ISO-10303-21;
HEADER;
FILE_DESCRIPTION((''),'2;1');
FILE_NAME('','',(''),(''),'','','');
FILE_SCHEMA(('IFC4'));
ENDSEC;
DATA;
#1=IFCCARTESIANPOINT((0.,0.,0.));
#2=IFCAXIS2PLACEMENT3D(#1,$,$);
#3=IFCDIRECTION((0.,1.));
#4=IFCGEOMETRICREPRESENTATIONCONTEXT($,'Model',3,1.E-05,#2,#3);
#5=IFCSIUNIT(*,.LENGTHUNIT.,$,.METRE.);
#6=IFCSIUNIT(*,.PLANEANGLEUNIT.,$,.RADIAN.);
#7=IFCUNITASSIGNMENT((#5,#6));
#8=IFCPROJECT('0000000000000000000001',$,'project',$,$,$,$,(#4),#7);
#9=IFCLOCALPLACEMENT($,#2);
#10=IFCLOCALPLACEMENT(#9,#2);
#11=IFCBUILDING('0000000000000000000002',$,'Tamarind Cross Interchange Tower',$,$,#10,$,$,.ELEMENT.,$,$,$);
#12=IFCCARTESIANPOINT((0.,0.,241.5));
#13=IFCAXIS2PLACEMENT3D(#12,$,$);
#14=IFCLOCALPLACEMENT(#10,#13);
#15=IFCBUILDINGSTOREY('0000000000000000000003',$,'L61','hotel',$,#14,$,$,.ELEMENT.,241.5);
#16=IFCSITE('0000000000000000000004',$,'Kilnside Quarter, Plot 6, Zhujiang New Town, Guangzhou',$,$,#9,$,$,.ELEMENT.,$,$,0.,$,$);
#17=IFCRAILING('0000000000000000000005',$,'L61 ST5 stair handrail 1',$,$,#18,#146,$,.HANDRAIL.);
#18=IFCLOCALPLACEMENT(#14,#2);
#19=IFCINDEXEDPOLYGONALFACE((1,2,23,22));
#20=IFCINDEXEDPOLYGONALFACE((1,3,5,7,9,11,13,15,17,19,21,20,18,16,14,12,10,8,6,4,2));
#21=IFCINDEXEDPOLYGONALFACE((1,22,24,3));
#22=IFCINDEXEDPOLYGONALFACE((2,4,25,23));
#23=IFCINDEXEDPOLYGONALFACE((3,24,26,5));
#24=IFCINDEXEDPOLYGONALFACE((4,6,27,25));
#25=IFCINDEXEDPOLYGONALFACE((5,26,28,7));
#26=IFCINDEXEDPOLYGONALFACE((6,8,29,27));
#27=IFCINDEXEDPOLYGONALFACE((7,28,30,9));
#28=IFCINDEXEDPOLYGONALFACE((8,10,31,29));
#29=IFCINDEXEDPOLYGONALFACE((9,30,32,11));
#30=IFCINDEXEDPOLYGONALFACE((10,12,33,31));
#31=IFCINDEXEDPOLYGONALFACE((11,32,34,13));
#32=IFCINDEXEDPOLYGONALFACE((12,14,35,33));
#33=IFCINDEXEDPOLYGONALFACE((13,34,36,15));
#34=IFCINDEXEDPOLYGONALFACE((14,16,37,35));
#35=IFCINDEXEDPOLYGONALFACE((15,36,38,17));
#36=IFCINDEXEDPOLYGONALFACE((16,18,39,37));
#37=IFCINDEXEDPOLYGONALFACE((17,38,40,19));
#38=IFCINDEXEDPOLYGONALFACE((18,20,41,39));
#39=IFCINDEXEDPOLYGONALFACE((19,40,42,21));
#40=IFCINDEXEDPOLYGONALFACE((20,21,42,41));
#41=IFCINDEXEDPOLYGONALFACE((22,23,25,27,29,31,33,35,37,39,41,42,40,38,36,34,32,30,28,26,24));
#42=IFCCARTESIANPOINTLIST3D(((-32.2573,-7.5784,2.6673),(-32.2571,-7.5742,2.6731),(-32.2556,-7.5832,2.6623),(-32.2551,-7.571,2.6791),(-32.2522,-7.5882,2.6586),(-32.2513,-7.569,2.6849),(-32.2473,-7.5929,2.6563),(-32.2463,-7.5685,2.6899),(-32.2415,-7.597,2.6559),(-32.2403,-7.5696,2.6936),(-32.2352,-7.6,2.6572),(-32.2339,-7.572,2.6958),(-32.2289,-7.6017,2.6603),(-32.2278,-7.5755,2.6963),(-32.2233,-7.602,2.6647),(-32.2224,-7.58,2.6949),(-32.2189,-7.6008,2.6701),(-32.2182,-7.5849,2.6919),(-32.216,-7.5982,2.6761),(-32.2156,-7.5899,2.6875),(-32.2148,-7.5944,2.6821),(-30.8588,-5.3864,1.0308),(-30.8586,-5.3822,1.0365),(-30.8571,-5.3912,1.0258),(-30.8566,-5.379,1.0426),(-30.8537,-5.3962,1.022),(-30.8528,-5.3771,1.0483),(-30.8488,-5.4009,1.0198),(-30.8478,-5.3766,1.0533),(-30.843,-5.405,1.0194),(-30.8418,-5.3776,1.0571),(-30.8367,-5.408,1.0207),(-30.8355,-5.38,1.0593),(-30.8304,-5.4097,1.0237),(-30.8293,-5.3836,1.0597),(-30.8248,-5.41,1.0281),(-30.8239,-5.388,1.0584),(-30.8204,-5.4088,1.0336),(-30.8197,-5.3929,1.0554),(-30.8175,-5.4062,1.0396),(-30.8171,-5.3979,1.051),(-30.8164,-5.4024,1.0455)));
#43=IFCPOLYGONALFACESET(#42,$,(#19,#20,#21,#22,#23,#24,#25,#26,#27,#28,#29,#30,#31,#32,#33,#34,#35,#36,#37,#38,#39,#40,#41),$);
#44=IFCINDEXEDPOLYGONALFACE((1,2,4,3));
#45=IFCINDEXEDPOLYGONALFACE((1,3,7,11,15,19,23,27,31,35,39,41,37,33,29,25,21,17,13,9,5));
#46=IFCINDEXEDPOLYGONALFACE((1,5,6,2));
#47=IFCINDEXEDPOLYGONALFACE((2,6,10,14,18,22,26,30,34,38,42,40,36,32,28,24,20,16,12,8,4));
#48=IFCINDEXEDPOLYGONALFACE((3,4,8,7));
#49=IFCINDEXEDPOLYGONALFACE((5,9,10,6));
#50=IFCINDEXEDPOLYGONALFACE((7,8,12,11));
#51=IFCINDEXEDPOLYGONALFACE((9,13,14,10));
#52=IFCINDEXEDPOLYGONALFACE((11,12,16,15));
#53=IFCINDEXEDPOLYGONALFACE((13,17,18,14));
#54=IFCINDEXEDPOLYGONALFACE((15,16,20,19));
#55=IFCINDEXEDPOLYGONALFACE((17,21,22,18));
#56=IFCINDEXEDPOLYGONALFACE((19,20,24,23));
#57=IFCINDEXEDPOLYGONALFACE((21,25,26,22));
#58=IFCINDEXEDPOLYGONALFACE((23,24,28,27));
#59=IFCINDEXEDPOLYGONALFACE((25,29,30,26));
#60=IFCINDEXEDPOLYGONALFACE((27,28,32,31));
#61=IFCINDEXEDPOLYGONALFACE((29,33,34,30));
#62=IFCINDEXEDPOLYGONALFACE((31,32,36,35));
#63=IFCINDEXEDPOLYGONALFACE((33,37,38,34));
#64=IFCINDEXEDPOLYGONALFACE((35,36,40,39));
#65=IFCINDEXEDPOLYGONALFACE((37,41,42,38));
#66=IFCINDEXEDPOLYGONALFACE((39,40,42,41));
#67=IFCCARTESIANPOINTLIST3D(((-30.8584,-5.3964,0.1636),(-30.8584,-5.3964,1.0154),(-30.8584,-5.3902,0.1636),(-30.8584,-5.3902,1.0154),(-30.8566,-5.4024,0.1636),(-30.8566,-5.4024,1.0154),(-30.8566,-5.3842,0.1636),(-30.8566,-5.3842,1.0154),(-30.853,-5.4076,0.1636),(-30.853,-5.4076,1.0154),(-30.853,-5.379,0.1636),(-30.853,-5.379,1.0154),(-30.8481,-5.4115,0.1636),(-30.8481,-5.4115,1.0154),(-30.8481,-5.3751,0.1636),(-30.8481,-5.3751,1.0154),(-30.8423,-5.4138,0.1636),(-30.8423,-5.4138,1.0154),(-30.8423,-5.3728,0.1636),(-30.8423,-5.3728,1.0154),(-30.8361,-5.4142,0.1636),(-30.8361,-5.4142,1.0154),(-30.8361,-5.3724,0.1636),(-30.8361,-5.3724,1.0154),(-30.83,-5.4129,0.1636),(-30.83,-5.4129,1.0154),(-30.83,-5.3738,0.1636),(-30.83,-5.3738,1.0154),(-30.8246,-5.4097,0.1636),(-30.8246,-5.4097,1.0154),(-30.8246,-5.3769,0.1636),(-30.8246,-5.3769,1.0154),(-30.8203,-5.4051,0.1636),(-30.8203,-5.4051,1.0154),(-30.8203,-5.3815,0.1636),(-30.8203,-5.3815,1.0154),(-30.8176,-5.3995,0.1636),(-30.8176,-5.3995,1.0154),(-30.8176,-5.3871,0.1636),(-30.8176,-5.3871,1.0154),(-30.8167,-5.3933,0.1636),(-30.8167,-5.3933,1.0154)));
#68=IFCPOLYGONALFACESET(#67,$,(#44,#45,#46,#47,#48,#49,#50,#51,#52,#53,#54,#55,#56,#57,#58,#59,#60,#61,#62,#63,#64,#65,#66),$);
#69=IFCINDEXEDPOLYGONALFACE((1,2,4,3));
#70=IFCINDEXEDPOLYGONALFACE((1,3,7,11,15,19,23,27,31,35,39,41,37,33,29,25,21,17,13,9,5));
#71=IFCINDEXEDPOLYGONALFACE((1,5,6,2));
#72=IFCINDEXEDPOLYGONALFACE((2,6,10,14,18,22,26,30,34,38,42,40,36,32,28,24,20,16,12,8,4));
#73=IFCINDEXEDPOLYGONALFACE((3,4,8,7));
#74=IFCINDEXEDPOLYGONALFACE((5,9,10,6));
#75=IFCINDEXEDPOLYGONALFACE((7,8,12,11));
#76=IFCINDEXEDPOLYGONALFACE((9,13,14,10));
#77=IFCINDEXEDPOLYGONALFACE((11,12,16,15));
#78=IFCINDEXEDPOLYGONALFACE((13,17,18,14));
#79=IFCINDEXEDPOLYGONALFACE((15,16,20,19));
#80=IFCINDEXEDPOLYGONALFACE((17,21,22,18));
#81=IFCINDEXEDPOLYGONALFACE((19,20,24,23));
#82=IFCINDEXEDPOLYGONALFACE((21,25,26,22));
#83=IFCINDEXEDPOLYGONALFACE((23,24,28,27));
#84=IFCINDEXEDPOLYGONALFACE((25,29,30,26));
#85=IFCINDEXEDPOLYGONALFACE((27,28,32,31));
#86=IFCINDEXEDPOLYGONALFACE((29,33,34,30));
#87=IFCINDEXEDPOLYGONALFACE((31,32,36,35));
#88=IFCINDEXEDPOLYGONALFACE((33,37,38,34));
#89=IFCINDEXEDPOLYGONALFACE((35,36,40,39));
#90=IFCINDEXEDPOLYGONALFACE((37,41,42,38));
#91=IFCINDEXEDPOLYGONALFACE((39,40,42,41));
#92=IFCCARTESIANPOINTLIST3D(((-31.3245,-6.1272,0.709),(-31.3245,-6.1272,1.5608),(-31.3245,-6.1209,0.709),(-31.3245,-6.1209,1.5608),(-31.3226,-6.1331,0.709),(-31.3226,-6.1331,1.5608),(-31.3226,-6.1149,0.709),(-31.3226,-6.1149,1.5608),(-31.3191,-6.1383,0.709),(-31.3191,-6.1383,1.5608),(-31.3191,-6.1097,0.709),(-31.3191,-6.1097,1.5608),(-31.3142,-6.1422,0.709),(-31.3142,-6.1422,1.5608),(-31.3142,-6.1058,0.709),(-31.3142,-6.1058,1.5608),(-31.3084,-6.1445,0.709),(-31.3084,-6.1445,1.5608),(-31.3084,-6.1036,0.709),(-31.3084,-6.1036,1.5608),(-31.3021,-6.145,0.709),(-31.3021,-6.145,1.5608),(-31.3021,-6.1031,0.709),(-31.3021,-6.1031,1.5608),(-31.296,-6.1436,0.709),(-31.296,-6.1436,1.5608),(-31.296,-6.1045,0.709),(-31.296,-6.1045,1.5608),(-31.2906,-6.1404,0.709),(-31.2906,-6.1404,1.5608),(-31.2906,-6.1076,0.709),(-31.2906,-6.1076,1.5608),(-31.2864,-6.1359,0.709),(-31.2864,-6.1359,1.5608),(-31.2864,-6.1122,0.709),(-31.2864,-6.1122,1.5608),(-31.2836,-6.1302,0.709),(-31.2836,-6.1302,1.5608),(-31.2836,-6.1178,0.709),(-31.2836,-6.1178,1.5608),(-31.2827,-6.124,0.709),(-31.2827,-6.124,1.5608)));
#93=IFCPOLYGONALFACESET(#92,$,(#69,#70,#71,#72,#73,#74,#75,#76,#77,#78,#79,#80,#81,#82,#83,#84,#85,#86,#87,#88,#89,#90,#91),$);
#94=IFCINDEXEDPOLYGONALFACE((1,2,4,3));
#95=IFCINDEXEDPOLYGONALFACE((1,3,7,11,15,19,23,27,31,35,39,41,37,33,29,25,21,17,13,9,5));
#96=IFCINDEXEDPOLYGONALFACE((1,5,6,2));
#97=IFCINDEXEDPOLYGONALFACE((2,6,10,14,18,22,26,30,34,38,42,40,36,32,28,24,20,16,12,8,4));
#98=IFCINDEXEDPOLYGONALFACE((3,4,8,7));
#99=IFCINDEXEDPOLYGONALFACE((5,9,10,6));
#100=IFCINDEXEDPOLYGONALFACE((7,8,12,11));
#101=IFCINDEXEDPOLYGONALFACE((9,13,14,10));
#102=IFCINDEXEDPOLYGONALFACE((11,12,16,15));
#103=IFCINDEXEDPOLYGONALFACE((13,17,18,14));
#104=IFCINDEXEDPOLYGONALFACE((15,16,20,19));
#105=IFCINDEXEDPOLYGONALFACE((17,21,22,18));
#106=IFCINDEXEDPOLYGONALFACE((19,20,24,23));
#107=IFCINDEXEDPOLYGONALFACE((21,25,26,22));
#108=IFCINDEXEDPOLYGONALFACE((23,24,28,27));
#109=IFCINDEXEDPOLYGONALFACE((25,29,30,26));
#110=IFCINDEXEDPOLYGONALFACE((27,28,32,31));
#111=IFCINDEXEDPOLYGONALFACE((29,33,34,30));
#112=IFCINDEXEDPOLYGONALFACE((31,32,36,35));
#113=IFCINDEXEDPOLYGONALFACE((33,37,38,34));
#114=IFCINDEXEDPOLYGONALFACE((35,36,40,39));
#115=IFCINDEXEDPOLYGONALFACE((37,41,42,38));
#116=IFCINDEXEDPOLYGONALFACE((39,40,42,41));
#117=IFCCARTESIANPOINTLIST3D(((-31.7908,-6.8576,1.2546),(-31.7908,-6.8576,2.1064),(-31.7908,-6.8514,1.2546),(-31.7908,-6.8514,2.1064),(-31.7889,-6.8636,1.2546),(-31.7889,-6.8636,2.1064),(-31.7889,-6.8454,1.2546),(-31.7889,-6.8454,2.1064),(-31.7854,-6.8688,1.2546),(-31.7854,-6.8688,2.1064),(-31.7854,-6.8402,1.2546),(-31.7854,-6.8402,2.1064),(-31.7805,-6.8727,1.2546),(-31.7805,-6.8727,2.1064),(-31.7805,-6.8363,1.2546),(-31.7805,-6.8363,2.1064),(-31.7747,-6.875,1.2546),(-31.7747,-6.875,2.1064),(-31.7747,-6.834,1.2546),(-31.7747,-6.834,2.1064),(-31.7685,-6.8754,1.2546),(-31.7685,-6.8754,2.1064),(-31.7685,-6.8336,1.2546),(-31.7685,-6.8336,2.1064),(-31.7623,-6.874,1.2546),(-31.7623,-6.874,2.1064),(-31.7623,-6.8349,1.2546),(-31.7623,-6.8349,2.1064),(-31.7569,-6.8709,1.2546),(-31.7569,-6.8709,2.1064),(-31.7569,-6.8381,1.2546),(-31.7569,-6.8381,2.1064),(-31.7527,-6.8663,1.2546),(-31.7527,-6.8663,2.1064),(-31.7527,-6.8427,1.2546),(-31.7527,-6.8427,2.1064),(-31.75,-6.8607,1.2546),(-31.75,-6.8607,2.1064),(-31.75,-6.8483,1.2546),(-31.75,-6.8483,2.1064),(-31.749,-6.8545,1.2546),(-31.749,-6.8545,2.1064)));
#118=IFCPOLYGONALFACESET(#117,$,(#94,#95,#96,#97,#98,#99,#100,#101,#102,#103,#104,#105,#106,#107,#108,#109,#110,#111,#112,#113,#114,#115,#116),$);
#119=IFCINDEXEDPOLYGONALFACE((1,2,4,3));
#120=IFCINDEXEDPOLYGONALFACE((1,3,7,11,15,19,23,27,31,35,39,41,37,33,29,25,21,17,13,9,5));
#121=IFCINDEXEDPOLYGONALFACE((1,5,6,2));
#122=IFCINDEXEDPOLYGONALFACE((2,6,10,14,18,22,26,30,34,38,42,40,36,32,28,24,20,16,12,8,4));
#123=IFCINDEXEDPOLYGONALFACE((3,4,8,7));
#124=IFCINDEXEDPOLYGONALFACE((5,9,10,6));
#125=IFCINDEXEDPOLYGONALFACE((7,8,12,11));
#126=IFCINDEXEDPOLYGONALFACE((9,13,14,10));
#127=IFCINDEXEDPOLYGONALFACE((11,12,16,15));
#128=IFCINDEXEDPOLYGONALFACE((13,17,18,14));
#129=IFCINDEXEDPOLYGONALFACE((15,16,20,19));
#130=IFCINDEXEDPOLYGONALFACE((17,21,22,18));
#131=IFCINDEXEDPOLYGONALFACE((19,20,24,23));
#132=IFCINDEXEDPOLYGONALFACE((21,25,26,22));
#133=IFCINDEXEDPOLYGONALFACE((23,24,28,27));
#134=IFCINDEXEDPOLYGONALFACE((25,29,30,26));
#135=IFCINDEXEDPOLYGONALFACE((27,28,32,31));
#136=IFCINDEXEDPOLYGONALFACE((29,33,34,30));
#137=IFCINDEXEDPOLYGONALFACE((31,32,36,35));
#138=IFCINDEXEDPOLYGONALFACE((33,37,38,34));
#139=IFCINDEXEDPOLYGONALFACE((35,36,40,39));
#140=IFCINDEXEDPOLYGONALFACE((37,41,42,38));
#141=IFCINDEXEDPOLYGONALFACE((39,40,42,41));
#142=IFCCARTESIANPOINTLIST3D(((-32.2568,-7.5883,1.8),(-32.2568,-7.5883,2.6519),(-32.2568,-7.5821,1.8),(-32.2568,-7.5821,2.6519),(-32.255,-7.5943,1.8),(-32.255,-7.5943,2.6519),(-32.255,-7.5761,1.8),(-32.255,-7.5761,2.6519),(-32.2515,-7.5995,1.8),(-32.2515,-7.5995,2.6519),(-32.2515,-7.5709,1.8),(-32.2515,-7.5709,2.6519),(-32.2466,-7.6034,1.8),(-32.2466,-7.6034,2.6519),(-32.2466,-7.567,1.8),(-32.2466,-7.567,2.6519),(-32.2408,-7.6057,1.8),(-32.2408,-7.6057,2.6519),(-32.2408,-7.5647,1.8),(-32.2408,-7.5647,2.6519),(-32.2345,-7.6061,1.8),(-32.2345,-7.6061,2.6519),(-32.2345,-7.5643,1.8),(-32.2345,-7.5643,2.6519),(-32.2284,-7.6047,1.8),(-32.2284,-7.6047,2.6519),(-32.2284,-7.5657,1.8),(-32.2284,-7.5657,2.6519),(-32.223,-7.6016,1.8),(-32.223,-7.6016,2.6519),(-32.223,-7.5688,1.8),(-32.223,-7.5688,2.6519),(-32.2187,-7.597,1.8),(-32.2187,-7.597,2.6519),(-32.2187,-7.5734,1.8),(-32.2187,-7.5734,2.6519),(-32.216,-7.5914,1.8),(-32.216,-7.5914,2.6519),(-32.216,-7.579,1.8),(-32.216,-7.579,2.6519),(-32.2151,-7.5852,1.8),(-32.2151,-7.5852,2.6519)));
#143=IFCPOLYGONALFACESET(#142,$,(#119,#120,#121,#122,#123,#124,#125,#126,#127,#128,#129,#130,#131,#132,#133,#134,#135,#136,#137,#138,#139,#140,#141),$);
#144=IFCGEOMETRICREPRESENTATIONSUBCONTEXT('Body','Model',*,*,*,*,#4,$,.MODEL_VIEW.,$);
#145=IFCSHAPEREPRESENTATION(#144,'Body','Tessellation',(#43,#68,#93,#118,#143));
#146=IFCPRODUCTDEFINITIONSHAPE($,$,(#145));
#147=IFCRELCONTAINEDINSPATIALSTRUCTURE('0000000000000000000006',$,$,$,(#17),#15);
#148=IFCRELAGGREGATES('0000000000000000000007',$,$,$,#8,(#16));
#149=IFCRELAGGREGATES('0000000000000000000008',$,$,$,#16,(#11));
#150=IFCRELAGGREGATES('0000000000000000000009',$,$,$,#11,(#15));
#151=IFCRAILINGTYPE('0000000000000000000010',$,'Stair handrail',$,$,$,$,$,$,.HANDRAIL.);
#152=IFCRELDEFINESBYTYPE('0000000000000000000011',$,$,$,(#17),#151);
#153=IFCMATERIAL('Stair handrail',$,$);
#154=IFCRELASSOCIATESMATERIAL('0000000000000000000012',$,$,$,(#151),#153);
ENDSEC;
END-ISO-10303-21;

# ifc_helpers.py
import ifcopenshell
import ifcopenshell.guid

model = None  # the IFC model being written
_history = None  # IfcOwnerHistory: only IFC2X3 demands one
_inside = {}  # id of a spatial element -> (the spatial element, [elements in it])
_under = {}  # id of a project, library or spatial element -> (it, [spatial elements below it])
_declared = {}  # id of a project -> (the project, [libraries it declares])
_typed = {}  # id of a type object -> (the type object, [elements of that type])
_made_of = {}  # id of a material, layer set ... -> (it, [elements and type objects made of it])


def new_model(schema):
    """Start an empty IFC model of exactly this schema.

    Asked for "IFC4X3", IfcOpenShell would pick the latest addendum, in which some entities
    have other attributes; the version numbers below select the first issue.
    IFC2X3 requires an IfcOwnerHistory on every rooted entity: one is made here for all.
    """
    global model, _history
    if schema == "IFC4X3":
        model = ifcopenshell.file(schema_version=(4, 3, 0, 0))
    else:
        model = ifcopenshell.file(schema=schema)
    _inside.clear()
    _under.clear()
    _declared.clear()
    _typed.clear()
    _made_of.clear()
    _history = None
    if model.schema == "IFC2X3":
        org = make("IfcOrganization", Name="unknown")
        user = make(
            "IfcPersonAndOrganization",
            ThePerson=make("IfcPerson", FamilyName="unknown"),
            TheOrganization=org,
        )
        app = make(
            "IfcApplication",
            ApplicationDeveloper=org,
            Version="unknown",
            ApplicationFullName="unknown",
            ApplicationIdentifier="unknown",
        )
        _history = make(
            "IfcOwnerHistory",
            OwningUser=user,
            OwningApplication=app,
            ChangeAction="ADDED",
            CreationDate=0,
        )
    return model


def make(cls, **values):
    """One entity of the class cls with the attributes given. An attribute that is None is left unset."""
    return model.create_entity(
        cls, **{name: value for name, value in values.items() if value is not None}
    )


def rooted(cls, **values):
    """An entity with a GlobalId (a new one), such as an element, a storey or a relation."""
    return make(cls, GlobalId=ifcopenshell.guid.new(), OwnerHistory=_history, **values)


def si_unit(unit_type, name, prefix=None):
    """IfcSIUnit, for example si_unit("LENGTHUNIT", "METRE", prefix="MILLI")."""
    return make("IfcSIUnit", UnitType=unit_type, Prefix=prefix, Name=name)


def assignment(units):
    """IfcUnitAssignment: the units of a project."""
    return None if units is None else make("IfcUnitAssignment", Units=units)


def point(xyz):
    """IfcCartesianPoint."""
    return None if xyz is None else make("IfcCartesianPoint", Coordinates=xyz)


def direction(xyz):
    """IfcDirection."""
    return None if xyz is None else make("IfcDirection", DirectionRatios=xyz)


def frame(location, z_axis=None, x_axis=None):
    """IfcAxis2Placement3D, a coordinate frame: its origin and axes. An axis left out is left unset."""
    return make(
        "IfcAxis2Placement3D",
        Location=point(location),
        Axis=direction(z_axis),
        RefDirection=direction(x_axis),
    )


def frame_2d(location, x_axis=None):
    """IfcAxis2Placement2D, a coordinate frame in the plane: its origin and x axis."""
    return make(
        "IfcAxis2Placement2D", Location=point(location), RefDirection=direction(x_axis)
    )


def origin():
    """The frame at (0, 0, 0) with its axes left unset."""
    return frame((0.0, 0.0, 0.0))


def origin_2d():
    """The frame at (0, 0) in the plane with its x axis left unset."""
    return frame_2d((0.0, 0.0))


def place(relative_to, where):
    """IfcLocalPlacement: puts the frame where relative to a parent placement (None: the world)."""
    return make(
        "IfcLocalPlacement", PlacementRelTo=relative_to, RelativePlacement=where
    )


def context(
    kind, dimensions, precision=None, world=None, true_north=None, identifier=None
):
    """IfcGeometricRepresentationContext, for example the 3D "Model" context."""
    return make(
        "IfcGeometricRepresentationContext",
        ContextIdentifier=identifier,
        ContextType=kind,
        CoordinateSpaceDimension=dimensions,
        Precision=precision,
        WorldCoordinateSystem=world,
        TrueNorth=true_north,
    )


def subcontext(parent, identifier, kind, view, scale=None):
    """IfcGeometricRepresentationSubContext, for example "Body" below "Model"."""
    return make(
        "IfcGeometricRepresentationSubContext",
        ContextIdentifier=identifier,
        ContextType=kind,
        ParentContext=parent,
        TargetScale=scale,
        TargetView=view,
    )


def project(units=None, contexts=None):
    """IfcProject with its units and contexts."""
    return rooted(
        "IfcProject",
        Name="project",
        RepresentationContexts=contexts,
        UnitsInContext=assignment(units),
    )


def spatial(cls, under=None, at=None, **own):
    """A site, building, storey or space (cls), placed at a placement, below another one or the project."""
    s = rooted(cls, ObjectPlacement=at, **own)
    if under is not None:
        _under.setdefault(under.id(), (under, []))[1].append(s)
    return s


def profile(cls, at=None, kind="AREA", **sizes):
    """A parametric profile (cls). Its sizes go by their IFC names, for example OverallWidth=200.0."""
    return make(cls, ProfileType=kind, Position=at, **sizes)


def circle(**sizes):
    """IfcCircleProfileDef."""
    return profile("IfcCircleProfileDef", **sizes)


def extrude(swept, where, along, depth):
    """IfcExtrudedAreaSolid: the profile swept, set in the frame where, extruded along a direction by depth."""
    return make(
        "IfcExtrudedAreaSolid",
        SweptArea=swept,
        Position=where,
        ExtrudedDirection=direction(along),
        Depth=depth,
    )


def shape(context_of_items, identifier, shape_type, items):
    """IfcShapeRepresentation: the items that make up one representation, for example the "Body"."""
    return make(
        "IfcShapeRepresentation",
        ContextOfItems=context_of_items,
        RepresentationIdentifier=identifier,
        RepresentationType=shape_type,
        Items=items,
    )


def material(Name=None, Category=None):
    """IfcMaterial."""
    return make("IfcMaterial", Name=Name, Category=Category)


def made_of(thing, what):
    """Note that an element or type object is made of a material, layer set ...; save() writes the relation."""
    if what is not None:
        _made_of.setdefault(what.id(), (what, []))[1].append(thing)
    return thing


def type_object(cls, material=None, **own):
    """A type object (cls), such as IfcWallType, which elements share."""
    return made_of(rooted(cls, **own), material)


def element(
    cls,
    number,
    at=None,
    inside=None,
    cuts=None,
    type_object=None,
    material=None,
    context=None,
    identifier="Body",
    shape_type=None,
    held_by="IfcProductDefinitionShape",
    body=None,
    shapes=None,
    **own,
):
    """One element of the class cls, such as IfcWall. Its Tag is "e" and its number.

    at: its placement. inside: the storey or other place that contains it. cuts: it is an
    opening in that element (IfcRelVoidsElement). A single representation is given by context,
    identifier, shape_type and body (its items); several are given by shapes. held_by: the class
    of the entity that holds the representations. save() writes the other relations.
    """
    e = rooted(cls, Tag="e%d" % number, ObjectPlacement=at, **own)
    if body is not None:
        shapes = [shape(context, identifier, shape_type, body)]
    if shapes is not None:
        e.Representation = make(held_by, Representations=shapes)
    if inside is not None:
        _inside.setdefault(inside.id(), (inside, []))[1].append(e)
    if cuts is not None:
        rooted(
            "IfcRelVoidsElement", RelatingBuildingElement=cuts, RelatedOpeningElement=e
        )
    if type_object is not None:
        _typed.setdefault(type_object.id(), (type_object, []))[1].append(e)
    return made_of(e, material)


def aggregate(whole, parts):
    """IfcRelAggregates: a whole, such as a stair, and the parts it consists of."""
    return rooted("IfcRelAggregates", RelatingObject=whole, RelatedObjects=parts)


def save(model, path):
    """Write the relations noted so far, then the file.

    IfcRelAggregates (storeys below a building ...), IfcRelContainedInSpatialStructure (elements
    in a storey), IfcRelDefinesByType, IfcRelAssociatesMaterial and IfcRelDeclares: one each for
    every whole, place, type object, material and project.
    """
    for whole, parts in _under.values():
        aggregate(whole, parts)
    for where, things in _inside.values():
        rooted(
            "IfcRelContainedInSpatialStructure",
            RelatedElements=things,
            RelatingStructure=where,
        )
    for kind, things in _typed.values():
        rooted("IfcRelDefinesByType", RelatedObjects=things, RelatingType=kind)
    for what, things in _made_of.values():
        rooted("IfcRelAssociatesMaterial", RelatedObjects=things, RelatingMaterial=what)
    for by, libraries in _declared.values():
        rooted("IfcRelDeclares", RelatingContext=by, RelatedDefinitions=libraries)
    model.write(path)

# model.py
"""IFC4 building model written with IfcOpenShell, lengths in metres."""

from ifc_helpers import new_model, si_unit, direction, frame, origin, origin_2d, place, context, subcontext, project, spatial, circle, extrude, material, type_object, element, save


model = new_model("IFC4")

# Units and contexts
model_context = context("Model", 3, precision=1e-05, world=origin(), true_north=direction((0.0, 1.0)))
body_context = subcontext(model_context, "Body", "Model", "MODEL_VIEW")
ifc_project = project(units=[si_unit("LENGTHUNIT", "METRE"), si_unit("PLANEANGLEUNIT", "RADIAN")], contexts=[model_context])

# Site, building, storey
site_placement = place(None, origin())
site = spatial("IfcSite", under=ifc_project, at=site_placement, Name="Kilnside Quarter, Plot 6, Zhujiang New Town, Guangzhou", CompositionType="ELEMENT", RefElevation=0.0)
building_placement = place(site_placement, origin())
building = spatial("IfcBuilding", under=site, at=building_placement, Name="Tamarind Cross Interchange Tower", CompositionType="ELEMENT")
storey_placement = place(building_placement, frame((0.0, 0.0, 241.5)))
storey = spatial("IfcBuildingStorey", under=building, at=storey_placement, Name="L61", Description="hotel", CompositionType="ELEMENT", Elevation=241.5)

# Railing
ifc_material_1 = material(Name="Stair handrail")
railing_type_1 = type_object("IfcRailingType", Name="Stair handrail", PredefinedType="HANDRAIL", material=ifc_material_1)
railing_1_placement = place(storey_placement, frame((-30.8376, -5.3933, 0.1636)))
element("IfcRailing", 1, at=railing_1_placement, inside=storey, type_object=railing_type_1, Name="L61 ST5 stair handrail 1", PredefinedType="HANDRAIL", context=body_context, shape_type="SweptSolid", body=[
    extrude(circle(Radius=0.0239, at=origin_2d()), frame((0.0, 0.0, 0.876), z_axis=(-0.455199, -0.713474, 0.532681), x_axis=(0.843035, -0.537859, 0.0)), (0.0, 0.0, 1.0), 3.0723),
    extrude(circle(Radius=0.021, at=origin_2d()), origin(), (0.0, 0.0, 1.0), 0.8518),
    extrude(circle(Radius=0.021, at=origin_2d()), frame((-0.4661, -0.7307, 0.5454)), (0.0, 0.0, 1.0), 0.8518),
    extrude(circle(Radius=0.021, at=origin_2d()), frame((-0.9324, -1.4612, 1.0911)), (0.0, 0.0, 1.0), 0.8518),
    extrude(circle(Radius=0.021, at=origin_2d()), frame((-1.3984, -2.1919, 1.6365)), (0.0, 0.0, 1.0), 0.8518),
])

save(model, "model.ifc")
